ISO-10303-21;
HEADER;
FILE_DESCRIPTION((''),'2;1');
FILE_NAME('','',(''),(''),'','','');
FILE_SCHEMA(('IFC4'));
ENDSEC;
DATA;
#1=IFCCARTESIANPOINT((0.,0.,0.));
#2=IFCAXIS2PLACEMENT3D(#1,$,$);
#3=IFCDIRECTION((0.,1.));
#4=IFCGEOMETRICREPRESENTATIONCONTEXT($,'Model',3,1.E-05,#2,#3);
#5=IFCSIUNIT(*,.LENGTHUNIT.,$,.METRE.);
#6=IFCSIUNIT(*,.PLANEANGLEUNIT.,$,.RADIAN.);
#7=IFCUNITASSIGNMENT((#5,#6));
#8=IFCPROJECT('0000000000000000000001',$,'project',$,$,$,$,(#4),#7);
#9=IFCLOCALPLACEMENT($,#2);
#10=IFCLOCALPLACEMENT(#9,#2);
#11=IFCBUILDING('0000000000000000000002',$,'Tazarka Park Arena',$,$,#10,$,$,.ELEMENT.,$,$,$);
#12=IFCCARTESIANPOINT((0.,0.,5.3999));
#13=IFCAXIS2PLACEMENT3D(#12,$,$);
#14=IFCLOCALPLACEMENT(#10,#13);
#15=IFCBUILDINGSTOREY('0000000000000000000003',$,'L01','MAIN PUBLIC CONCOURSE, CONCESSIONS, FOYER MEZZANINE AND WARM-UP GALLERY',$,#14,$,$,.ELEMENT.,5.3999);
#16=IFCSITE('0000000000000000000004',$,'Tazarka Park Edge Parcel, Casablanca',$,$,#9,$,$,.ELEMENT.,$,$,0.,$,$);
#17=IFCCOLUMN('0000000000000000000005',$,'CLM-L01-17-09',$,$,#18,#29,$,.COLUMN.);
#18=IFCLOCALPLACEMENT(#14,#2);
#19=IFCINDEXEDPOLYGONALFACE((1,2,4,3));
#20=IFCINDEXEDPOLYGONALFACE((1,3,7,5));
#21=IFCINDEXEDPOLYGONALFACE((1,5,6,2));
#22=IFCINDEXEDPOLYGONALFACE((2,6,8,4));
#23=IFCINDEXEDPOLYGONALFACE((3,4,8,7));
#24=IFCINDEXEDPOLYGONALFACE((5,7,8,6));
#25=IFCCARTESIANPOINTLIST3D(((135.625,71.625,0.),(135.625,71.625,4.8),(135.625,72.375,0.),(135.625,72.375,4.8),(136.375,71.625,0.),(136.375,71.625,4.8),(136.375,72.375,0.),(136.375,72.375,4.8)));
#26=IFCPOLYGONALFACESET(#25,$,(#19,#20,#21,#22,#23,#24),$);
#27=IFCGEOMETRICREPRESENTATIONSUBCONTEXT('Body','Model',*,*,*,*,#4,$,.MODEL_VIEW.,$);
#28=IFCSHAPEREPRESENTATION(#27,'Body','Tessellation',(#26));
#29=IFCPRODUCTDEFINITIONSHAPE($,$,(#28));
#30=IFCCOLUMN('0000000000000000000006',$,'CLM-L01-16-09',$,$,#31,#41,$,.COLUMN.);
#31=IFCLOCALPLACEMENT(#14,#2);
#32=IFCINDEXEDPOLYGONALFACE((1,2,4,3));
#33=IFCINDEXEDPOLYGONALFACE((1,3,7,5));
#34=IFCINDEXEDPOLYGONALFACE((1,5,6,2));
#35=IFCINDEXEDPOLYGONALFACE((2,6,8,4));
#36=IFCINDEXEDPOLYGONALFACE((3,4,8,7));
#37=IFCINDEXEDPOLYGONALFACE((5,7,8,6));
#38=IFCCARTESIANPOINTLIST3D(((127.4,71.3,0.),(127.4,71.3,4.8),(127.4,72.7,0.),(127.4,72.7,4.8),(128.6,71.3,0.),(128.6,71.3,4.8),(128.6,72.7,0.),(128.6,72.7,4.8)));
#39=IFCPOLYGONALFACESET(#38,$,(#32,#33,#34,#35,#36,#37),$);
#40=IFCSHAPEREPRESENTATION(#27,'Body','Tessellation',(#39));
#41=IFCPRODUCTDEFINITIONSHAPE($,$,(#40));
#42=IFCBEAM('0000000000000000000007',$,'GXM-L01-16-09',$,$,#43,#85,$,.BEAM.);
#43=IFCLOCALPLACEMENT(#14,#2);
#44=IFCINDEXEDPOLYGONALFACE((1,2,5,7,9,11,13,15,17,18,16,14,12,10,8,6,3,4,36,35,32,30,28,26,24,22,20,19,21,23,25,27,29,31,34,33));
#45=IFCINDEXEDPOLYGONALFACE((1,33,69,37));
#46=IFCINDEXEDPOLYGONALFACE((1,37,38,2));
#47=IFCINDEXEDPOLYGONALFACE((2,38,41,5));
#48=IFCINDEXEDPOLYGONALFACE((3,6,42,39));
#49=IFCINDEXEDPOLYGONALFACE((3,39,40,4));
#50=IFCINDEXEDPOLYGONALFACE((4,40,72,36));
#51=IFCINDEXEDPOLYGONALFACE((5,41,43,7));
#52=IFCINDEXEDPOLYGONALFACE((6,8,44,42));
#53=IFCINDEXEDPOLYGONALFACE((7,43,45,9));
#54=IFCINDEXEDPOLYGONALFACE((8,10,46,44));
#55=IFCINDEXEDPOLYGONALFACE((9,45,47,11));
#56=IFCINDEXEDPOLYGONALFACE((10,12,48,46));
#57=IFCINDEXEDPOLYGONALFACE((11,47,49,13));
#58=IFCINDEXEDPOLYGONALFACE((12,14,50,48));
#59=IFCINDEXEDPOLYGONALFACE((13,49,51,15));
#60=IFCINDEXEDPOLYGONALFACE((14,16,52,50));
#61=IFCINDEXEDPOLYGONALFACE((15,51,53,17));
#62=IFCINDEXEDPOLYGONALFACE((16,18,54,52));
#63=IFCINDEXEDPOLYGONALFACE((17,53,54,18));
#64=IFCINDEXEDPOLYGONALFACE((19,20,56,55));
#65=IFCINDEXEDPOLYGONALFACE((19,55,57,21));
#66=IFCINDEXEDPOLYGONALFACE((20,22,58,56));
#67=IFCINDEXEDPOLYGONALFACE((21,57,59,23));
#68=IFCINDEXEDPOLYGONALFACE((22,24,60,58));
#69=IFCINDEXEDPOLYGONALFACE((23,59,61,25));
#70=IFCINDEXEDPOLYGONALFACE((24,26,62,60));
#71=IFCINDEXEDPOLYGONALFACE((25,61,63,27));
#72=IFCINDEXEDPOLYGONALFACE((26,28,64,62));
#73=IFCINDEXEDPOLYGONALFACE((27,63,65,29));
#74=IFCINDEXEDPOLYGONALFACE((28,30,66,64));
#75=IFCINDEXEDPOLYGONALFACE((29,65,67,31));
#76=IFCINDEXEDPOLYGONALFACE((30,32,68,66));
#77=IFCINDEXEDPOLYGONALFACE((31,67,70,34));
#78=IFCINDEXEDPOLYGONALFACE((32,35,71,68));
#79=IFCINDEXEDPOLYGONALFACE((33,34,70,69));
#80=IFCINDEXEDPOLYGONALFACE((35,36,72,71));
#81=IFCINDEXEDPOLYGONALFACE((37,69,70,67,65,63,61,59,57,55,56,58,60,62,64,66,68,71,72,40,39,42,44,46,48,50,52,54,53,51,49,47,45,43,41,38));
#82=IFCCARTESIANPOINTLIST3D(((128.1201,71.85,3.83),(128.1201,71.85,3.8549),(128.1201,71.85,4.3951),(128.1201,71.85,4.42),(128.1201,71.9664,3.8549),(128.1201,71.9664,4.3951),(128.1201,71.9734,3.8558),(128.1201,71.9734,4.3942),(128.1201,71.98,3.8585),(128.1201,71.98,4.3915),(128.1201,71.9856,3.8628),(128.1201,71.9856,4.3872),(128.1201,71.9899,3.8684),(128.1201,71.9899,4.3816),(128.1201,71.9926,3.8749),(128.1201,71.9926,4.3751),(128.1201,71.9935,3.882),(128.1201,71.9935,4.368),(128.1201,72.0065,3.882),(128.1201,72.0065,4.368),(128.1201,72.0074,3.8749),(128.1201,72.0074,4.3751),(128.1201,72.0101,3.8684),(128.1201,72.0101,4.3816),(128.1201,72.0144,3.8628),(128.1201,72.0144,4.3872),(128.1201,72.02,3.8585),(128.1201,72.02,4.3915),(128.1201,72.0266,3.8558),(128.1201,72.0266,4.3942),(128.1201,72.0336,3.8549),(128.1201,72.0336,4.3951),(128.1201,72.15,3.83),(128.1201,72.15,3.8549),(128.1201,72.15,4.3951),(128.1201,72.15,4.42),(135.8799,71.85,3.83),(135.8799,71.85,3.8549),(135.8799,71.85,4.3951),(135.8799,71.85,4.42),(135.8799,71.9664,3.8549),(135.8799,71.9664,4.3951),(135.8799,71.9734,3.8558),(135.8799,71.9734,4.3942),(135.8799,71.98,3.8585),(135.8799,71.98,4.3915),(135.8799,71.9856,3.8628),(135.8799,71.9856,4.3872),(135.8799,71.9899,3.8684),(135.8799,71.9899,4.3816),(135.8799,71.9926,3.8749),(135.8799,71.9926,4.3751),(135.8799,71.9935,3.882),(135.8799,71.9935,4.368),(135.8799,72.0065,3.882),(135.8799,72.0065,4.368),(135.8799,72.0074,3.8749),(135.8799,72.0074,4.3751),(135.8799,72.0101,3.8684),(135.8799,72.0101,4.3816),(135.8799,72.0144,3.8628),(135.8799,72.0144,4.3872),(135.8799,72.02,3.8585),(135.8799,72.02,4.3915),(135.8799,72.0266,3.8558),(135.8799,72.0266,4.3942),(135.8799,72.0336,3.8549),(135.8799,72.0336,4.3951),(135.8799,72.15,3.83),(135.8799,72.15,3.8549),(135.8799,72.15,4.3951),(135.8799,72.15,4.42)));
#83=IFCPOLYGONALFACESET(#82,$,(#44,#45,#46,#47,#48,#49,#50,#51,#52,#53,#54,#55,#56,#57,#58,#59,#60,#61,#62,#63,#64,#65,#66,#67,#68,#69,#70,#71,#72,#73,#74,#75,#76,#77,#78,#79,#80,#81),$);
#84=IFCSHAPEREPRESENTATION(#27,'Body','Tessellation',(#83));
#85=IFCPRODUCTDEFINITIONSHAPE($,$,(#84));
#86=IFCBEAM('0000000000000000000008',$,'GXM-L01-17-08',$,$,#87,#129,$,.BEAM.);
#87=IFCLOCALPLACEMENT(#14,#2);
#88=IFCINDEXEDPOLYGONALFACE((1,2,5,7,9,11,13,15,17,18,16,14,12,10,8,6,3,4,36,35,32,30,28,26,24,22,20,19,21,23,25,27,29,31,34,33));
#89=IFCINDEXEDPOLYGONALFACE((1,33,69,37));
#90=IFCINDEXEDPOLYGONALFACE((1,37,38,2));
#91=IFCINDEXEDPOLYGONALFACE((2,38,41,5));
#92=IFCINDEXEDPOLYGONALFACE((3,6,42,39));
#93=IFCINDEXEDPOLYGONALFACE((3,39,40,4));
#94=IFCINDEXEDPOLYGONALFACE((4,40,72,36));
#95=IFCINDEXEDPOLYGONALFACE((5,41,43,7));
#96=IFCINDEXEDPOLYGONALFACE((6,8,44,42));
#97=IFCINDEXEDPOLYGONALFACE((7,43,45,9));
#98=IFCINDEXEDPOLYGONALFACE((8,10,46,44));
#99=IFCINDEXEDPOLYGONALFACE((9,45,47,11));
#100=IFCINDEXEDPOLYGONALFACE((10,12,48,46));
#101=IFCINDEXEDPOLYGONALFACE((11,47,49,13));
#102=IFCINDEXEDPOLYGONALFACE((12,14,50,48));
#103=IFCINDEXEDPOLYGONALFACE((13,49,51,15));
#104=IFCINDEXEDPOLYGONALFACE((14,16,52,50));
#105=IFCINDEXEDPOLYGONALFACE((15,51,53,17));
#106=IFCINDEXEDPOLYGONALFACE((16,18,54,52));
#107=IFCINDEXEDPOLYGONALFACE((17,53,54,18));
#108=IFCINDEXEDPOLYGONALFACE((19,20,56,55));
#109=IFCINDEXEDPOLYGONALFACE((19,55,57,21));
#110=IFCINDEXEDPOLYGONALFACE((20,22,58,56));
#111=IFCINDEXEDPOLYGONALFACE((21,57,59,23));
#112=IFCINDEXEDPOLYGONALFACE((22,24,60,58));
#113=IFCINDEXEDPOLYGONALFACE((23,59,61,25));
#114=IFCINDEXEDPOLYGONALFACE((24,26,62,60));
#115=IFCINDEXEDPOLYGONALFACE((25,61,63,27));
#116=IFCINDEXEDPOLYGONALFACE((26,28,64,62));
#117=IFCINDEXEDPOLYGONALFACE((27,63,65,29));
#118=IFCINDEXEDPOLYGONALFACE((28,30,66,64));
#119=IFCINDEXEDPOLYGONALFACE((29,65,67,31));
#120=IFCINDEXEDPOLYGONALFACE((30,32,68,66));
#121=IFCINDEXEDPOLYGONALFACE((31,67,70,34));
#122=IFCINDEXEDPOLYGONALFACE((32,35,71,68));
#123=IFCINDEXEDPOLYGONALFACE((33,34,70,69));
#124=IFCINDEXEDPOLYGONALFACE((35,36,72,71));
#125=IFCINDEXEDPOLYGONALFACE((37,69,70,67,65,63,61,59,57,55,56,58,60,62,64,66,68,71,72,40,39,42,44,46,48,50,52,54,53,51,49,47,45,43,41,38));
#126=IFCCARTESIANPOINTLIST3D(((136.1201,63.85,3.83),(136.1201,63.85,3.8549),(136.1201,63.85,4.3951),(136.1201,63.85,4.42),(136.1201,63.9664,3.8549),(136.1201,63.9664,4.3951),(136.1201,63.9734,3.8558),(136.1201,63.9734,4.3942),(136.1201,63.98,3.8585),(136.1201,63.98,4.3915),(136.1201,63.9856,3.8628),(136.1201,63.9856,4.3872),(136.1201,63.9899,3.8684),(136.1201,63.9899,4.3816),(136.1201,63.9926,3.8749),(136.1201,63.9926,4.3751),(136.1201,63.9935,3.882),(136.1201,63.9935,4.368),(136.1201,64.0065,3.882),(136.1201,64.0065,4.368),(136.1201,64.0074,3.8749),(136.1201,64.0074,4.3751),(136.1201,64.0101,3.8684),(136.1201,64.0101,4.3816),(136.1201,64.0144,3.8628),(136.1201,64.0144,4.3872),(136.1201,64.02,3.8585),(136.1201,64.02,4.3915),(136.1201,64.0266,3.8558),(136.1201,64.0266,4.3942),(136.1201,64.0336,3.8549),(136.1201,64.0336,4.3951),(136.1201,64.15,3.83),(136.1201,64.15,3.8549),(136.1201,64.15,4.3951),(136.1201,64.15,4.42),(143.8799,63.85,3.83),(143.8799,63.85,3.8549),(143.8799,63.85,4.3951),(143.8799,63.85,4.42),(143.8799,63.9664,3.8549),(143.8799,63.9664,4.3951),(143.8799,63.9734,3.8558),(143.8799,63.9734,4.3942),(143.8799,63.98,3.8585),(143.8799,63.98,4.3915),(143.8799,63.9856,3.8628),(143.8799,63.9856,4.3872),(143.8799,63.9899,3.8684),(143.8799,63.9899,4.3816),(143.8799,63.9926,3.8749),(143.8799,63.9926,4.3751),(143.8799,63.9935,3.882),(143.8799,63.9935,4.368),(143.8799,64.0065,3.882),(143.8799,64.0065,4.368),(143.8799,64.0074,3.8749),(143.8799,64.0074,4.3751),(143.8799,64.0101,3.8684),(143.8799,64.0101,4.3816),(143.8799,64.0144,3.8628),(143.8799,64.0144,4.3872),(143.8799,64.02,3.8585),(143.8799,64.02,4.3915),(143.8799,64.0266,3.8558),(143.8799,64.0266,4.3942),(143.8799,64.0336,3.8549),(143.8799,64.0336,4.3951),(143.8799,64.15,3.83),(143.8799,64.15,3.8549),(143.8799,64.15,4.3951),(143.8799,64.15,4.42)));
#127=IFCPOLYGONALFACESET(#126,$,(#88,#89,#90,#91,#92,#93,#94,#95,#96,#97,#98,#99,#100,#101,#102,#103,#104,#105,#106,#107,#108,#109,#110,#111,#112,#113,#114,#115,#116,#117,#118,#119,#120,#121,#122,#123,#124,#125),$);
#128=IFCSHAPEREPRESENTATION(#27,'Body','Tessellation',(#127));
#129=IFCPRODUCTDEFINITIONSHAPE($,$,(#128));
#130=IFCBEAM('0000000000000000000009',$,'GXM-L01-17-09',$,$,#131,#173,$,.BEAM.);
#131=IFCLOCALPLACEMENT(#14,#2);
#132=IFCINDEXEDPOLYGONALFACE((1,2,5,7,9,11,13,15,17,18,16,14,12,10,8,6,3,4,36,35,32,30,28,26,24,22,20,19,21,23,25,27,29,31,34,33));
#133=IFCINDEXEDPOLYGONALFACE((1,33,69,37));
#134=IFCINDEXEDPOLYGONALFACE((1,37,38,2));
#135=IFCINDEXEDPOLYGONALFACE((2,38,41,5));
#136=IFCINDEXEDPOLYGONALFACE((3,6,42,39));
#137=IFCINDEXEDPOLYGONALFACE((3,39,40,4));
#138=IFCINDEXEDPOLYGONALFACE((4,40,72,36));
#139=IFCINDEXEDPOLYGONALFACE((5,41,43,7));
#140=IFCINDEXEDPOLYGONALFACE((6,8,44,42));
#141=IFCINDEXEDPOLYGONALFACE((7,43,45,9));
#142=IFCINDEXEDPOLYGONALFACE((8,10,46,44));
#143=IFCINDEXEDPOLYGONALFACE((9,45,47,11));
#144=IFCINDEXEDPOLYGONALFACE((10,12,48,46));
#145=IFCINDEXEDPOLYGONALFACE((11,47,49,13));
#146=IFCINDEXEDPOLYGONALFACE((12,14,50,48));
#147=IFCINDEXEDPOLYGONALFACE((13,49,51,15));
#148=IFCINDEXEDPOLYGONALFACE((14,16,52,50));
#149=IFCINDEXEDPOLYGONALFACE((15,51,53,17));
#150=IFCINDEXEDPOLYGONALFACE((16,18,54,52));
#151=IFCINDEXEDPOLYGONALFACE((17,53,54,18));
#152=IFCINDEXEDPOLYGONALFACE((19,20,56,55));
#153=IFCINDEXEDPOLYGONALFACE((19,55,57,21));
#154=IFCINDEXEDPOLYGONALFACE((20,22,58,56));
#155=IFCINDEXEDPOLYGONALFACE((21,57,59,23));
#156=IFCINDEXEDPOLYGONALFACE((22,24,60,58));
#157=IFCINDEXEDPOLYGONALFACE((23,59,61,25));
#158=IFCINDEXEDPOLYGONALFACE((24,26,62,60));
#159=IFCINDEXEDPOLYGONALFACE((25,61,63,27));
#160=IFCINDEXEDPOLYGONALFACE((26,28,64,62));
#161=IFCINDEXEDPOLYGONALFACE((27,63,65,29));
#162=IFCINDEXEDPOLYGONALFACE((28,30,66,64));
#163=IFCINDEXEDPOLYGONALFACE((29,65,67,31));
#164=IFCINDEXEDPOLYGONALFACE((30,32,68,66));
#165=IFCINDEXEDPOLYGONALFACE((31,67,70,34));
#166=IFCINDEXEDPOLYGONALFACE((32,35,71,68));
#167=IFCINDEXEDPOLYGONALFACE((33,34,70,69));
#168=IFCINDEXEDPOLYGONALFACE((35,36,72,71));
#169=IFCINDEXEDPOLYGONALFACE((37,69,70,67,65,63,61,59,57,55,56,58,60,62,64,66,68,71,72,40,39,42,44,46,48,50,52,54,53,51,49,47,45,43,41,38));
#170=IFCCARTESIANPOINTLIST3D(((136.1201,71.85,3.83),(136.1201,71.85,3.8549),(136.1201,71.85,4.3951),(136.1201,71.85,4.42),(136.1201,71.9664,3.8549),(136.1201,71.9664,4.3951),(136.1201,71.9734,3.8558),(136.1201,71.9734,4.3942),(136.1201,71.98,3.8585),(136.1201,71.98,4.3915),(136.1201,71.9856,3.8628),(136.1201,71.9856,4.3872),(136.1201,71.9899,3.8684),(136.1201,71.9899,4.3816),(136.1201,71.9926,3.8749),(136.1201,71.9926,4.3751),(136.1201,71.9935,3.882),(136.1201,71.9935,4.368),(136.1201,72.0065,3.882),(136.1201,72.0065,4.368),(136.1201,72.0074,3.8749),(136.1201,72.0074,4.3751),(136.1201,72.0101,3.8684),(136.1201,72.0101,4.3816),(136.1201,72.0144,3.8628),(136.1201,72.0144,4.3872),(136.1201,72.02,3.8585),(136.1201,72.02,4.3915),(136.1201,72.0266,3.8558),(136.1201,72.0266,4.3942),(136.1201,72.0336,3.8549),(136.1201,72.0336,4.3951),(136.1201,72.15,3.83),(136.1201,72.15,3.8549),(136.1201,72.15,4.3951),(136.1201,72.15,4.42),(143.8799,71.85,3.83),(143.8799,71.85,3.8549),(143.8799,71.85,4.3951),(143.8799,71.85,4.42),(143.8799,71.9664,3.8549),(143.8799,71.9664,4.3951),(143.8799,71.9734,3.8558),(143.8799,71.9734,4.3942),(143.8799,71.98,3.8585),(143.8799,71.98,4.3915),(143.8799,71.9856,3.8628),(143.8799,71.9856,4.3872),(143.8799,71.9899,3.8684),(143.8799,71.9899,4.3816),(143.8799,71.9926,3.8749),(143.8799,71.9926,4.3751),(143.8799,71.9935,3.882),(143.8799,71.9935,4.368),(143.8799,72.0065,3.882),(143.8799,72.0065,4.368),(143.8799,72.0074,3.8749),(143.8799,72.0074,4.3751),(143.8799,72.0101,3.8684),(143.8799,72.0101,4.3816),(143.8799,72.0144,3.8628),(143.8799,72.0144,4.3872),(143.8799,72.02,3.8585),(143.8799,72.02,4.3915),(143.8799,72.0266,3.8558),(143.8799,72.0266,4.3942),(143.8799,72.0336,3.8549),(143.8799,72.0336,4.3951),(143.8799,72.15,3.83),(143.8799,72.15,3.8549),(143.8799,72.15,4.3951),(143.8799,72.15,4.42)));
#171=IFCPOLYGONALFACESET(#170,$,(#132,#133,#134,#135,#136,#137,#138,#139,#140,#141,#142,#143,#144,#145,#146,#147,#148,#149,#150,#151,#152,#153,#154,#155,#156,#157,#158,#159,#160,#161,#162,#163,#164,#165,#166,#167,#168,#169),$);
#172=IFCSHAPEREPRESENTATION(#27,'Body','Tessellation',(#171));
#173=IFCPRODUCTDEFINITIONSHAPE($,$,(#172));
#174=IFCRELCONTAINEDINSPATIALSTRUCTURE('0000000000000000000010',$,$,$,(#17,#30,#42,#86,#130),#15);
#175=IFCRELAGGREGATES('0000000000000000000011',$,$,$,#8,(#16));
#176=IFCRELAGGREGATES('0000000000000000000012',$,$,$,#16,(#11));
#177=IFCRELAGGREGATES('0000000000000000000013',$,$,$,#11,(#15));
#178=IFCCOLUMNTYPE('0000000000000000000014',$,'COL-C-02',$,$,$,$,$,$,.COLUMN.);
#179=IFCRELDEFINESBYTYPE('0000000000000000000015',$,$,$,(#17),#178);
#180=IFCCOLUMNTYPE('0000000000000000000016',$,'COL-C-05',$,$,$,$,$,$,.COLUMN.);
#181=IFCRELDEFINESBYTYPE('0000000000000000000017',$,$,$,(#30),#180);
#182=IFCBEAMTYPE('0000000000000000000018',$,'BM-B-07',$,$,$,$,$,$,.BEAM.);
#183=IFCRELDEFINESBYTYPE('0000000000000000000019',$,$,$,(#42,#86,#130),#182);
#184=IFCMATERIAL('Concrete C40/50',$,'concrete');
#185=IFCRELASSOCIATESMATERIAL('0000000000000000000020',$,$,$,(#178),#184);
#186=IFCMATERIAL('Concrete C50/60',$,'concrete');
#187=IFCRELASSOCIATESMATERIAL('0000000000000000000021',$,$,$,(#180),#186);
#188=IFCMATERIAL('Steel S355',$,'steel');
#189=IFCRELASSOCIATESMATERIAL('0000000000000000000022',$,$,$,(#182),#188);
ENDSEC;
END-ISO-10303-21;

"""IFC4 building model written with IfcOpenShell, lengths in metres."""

from ifc_helpers import new_model, si_unit, direction, frame, origin, origin_2d, place, context, subcontext, project, spatial, rectangle, i_section, extrude, material, material_profile, profile_set, type_object, element, save


model = new_model("IFC4")

# Units and contexts
model_context = context("Model", 3, precision=1e-05, world=origin(), true_north=direction((0.0, 1.0)))
body_context = subcontext(model_context, "Body", "Model", "MODEL_VIEW")
ifc_project = project(units=[si_unit("LENGTHUNIT", "METRE"), si_unit("PLANEANGLEUNIT", "RADIAN")], contexts=[model_context])

# Site, building, storey
site_placement = place(None, origin())
site = spatial("IfcSite", under=ifc_project, at=site_placement, Name="Tazarka Park Edge Parcel, Casablanca", CompositionType="ELEMENT", RefElevation=0.0)
building_placement = place(site_placement, origin())
building = spatial("IfcBuilding", under=site, at=building_placement, Name="Tazarka Park Arena", CompositionType="ELEMENT")
storey_placement = place(building_placement, frame((0.0, 0.0, 5.3999)))
storey = spatial("IfcBuildingStorey", under=building, at=storey_placement, Name="L01", Description="MAIN PUBLIC CONCOURSE, CONCESSIONS, FOYER MEZZANINE AND WARM-UP GALLERY", CompositionType="ELEMENT", Elevation=5.3999)

# Columns
ifc_material_1 = material(Name="Concrete C40/50", Category="concrete")
ifc_material_profile_1 = material_profile(ifc_material_1, rectangle(XDim=0.75, YDim=0.75, at=origin_2d()), Name="Concrete C40/50")
ifc_profile_set_1 = profile_set([ifc_material_profile_1], Name="Concrete C40/50")
column_type_1 = type_object("IfcColumnType", Name="COL-C-02", PredefinedType="COLUMN", material=ifc_profile_set_1)
column_1_placement = place(storey_placement, frame((136.0, 72.0, 0.0), z_axis=(0.0, 0.0, 1.0), x_axis=(1.0, 0.0, 0.0)))
element("IfcColumn", 1, at=column_1_placement, inside=storey, type_object=column_type_1, Name="CLM-L01-17-09", PredefinedType="COLUMN", context=body_context, shape_type="SweptSolid", body=[
    extrude(rectangle(XDim=0.75, YDim=0.75, at=origin_2d()), origin(), (0.0, 0.0, 1.0), 4.8),
])
ifc_material_2 = material(Name="Concrete C50/60", Category="concrete")
ifc_material_profile_2 = material_profile(ifc_material_2, rectangle(XDim=1.2, YDim=1.3999, at=origin_2d()), Name="Concrete C50/60")
ifc_profile_set_2 = profile_set([ifc_material_profile_2], Name="Concrete C50/60")
column_type_2 = type_object("IfcColumnType", Name="COL-C-05", PredefinedType="COLUMN", material=ifc_profile_set_2)
column_2_placement = place(storey_placement, frame((128.0, 72.0, 0.0), z_axis=(0.0, 0.0, 1.0), x_axis=(1.0, 0.0, 0.0)))
element("IfcColumn", 2, at=column_2_placement, inside=storey, type_object=column_type_2, Name="CLM-L01-16-09", PredefinedType="COLUMN", context=body_context, shape_type="SweptSolid", body=[
    extrude(rectangle(XDim=1.2, YDim=1.3999, at=origin_2d()), origin(), (0.0, 0.0, 1.0), 4.8),
])

# Beams
ifc_material_3 = material(Name="Steel S355", Category="steel")
ifc_material_profile_3 = material_profile(ifc_material_3, i_section(OverallWidth=0.3, OverallDepth=0.5901, WebThickness=0.0129, FlangeThickness=0.0249, FilletRadius=0.0271, at=origin_2d()), Name="Steel S355")
ifc_profile_set_3 = profile_set([ifc_material_profile_3], Name="Steel S355")
beam_type_1 = type_object("IfcBeamType", Name="BM-B-07", PredefinedType="BEAM", material=ifc_profile_set_3)
for number, where, z_axis, x_axis, name in (
    (3, (128.1201, 72.0, 4.125), (1.0, 0.0, 0.0), (0.0, 1.0, 0.0), "GXM-L01-16-09"),
    (4, (136.1201, 64.0, 4.125), (1.0, 0.0, 0.0), (0.0, 1.0, 0.0), "GXM-L01-17-08"),
    (5, (136.1201, 72.0, 4.125), (1.0, 0.0, 0.0), (0.0, 1.0, 0.0), "GXM-L01-17-09"),
):
    element("IfcBeam", number, at=place(storey_placement, frame(where, z_axis=z_axis, x_axis=x_axis)), inside=storey, type_object=beam_type_1, Name=name, PredefinedType="BEAM", context=body_context, shape_type="SweptSolid", body=[
        extrude(i_section(OverallWidth=0.3, OverallDepth=0.5901, WebThickness=0.0129, FlangeThickness=0.0249, FilletRadius=0.0271, at=origin_2d()), origin(), (0.0, 0.0, 1.0), 7.7598),
    ])

save(model, "model.ifc")
